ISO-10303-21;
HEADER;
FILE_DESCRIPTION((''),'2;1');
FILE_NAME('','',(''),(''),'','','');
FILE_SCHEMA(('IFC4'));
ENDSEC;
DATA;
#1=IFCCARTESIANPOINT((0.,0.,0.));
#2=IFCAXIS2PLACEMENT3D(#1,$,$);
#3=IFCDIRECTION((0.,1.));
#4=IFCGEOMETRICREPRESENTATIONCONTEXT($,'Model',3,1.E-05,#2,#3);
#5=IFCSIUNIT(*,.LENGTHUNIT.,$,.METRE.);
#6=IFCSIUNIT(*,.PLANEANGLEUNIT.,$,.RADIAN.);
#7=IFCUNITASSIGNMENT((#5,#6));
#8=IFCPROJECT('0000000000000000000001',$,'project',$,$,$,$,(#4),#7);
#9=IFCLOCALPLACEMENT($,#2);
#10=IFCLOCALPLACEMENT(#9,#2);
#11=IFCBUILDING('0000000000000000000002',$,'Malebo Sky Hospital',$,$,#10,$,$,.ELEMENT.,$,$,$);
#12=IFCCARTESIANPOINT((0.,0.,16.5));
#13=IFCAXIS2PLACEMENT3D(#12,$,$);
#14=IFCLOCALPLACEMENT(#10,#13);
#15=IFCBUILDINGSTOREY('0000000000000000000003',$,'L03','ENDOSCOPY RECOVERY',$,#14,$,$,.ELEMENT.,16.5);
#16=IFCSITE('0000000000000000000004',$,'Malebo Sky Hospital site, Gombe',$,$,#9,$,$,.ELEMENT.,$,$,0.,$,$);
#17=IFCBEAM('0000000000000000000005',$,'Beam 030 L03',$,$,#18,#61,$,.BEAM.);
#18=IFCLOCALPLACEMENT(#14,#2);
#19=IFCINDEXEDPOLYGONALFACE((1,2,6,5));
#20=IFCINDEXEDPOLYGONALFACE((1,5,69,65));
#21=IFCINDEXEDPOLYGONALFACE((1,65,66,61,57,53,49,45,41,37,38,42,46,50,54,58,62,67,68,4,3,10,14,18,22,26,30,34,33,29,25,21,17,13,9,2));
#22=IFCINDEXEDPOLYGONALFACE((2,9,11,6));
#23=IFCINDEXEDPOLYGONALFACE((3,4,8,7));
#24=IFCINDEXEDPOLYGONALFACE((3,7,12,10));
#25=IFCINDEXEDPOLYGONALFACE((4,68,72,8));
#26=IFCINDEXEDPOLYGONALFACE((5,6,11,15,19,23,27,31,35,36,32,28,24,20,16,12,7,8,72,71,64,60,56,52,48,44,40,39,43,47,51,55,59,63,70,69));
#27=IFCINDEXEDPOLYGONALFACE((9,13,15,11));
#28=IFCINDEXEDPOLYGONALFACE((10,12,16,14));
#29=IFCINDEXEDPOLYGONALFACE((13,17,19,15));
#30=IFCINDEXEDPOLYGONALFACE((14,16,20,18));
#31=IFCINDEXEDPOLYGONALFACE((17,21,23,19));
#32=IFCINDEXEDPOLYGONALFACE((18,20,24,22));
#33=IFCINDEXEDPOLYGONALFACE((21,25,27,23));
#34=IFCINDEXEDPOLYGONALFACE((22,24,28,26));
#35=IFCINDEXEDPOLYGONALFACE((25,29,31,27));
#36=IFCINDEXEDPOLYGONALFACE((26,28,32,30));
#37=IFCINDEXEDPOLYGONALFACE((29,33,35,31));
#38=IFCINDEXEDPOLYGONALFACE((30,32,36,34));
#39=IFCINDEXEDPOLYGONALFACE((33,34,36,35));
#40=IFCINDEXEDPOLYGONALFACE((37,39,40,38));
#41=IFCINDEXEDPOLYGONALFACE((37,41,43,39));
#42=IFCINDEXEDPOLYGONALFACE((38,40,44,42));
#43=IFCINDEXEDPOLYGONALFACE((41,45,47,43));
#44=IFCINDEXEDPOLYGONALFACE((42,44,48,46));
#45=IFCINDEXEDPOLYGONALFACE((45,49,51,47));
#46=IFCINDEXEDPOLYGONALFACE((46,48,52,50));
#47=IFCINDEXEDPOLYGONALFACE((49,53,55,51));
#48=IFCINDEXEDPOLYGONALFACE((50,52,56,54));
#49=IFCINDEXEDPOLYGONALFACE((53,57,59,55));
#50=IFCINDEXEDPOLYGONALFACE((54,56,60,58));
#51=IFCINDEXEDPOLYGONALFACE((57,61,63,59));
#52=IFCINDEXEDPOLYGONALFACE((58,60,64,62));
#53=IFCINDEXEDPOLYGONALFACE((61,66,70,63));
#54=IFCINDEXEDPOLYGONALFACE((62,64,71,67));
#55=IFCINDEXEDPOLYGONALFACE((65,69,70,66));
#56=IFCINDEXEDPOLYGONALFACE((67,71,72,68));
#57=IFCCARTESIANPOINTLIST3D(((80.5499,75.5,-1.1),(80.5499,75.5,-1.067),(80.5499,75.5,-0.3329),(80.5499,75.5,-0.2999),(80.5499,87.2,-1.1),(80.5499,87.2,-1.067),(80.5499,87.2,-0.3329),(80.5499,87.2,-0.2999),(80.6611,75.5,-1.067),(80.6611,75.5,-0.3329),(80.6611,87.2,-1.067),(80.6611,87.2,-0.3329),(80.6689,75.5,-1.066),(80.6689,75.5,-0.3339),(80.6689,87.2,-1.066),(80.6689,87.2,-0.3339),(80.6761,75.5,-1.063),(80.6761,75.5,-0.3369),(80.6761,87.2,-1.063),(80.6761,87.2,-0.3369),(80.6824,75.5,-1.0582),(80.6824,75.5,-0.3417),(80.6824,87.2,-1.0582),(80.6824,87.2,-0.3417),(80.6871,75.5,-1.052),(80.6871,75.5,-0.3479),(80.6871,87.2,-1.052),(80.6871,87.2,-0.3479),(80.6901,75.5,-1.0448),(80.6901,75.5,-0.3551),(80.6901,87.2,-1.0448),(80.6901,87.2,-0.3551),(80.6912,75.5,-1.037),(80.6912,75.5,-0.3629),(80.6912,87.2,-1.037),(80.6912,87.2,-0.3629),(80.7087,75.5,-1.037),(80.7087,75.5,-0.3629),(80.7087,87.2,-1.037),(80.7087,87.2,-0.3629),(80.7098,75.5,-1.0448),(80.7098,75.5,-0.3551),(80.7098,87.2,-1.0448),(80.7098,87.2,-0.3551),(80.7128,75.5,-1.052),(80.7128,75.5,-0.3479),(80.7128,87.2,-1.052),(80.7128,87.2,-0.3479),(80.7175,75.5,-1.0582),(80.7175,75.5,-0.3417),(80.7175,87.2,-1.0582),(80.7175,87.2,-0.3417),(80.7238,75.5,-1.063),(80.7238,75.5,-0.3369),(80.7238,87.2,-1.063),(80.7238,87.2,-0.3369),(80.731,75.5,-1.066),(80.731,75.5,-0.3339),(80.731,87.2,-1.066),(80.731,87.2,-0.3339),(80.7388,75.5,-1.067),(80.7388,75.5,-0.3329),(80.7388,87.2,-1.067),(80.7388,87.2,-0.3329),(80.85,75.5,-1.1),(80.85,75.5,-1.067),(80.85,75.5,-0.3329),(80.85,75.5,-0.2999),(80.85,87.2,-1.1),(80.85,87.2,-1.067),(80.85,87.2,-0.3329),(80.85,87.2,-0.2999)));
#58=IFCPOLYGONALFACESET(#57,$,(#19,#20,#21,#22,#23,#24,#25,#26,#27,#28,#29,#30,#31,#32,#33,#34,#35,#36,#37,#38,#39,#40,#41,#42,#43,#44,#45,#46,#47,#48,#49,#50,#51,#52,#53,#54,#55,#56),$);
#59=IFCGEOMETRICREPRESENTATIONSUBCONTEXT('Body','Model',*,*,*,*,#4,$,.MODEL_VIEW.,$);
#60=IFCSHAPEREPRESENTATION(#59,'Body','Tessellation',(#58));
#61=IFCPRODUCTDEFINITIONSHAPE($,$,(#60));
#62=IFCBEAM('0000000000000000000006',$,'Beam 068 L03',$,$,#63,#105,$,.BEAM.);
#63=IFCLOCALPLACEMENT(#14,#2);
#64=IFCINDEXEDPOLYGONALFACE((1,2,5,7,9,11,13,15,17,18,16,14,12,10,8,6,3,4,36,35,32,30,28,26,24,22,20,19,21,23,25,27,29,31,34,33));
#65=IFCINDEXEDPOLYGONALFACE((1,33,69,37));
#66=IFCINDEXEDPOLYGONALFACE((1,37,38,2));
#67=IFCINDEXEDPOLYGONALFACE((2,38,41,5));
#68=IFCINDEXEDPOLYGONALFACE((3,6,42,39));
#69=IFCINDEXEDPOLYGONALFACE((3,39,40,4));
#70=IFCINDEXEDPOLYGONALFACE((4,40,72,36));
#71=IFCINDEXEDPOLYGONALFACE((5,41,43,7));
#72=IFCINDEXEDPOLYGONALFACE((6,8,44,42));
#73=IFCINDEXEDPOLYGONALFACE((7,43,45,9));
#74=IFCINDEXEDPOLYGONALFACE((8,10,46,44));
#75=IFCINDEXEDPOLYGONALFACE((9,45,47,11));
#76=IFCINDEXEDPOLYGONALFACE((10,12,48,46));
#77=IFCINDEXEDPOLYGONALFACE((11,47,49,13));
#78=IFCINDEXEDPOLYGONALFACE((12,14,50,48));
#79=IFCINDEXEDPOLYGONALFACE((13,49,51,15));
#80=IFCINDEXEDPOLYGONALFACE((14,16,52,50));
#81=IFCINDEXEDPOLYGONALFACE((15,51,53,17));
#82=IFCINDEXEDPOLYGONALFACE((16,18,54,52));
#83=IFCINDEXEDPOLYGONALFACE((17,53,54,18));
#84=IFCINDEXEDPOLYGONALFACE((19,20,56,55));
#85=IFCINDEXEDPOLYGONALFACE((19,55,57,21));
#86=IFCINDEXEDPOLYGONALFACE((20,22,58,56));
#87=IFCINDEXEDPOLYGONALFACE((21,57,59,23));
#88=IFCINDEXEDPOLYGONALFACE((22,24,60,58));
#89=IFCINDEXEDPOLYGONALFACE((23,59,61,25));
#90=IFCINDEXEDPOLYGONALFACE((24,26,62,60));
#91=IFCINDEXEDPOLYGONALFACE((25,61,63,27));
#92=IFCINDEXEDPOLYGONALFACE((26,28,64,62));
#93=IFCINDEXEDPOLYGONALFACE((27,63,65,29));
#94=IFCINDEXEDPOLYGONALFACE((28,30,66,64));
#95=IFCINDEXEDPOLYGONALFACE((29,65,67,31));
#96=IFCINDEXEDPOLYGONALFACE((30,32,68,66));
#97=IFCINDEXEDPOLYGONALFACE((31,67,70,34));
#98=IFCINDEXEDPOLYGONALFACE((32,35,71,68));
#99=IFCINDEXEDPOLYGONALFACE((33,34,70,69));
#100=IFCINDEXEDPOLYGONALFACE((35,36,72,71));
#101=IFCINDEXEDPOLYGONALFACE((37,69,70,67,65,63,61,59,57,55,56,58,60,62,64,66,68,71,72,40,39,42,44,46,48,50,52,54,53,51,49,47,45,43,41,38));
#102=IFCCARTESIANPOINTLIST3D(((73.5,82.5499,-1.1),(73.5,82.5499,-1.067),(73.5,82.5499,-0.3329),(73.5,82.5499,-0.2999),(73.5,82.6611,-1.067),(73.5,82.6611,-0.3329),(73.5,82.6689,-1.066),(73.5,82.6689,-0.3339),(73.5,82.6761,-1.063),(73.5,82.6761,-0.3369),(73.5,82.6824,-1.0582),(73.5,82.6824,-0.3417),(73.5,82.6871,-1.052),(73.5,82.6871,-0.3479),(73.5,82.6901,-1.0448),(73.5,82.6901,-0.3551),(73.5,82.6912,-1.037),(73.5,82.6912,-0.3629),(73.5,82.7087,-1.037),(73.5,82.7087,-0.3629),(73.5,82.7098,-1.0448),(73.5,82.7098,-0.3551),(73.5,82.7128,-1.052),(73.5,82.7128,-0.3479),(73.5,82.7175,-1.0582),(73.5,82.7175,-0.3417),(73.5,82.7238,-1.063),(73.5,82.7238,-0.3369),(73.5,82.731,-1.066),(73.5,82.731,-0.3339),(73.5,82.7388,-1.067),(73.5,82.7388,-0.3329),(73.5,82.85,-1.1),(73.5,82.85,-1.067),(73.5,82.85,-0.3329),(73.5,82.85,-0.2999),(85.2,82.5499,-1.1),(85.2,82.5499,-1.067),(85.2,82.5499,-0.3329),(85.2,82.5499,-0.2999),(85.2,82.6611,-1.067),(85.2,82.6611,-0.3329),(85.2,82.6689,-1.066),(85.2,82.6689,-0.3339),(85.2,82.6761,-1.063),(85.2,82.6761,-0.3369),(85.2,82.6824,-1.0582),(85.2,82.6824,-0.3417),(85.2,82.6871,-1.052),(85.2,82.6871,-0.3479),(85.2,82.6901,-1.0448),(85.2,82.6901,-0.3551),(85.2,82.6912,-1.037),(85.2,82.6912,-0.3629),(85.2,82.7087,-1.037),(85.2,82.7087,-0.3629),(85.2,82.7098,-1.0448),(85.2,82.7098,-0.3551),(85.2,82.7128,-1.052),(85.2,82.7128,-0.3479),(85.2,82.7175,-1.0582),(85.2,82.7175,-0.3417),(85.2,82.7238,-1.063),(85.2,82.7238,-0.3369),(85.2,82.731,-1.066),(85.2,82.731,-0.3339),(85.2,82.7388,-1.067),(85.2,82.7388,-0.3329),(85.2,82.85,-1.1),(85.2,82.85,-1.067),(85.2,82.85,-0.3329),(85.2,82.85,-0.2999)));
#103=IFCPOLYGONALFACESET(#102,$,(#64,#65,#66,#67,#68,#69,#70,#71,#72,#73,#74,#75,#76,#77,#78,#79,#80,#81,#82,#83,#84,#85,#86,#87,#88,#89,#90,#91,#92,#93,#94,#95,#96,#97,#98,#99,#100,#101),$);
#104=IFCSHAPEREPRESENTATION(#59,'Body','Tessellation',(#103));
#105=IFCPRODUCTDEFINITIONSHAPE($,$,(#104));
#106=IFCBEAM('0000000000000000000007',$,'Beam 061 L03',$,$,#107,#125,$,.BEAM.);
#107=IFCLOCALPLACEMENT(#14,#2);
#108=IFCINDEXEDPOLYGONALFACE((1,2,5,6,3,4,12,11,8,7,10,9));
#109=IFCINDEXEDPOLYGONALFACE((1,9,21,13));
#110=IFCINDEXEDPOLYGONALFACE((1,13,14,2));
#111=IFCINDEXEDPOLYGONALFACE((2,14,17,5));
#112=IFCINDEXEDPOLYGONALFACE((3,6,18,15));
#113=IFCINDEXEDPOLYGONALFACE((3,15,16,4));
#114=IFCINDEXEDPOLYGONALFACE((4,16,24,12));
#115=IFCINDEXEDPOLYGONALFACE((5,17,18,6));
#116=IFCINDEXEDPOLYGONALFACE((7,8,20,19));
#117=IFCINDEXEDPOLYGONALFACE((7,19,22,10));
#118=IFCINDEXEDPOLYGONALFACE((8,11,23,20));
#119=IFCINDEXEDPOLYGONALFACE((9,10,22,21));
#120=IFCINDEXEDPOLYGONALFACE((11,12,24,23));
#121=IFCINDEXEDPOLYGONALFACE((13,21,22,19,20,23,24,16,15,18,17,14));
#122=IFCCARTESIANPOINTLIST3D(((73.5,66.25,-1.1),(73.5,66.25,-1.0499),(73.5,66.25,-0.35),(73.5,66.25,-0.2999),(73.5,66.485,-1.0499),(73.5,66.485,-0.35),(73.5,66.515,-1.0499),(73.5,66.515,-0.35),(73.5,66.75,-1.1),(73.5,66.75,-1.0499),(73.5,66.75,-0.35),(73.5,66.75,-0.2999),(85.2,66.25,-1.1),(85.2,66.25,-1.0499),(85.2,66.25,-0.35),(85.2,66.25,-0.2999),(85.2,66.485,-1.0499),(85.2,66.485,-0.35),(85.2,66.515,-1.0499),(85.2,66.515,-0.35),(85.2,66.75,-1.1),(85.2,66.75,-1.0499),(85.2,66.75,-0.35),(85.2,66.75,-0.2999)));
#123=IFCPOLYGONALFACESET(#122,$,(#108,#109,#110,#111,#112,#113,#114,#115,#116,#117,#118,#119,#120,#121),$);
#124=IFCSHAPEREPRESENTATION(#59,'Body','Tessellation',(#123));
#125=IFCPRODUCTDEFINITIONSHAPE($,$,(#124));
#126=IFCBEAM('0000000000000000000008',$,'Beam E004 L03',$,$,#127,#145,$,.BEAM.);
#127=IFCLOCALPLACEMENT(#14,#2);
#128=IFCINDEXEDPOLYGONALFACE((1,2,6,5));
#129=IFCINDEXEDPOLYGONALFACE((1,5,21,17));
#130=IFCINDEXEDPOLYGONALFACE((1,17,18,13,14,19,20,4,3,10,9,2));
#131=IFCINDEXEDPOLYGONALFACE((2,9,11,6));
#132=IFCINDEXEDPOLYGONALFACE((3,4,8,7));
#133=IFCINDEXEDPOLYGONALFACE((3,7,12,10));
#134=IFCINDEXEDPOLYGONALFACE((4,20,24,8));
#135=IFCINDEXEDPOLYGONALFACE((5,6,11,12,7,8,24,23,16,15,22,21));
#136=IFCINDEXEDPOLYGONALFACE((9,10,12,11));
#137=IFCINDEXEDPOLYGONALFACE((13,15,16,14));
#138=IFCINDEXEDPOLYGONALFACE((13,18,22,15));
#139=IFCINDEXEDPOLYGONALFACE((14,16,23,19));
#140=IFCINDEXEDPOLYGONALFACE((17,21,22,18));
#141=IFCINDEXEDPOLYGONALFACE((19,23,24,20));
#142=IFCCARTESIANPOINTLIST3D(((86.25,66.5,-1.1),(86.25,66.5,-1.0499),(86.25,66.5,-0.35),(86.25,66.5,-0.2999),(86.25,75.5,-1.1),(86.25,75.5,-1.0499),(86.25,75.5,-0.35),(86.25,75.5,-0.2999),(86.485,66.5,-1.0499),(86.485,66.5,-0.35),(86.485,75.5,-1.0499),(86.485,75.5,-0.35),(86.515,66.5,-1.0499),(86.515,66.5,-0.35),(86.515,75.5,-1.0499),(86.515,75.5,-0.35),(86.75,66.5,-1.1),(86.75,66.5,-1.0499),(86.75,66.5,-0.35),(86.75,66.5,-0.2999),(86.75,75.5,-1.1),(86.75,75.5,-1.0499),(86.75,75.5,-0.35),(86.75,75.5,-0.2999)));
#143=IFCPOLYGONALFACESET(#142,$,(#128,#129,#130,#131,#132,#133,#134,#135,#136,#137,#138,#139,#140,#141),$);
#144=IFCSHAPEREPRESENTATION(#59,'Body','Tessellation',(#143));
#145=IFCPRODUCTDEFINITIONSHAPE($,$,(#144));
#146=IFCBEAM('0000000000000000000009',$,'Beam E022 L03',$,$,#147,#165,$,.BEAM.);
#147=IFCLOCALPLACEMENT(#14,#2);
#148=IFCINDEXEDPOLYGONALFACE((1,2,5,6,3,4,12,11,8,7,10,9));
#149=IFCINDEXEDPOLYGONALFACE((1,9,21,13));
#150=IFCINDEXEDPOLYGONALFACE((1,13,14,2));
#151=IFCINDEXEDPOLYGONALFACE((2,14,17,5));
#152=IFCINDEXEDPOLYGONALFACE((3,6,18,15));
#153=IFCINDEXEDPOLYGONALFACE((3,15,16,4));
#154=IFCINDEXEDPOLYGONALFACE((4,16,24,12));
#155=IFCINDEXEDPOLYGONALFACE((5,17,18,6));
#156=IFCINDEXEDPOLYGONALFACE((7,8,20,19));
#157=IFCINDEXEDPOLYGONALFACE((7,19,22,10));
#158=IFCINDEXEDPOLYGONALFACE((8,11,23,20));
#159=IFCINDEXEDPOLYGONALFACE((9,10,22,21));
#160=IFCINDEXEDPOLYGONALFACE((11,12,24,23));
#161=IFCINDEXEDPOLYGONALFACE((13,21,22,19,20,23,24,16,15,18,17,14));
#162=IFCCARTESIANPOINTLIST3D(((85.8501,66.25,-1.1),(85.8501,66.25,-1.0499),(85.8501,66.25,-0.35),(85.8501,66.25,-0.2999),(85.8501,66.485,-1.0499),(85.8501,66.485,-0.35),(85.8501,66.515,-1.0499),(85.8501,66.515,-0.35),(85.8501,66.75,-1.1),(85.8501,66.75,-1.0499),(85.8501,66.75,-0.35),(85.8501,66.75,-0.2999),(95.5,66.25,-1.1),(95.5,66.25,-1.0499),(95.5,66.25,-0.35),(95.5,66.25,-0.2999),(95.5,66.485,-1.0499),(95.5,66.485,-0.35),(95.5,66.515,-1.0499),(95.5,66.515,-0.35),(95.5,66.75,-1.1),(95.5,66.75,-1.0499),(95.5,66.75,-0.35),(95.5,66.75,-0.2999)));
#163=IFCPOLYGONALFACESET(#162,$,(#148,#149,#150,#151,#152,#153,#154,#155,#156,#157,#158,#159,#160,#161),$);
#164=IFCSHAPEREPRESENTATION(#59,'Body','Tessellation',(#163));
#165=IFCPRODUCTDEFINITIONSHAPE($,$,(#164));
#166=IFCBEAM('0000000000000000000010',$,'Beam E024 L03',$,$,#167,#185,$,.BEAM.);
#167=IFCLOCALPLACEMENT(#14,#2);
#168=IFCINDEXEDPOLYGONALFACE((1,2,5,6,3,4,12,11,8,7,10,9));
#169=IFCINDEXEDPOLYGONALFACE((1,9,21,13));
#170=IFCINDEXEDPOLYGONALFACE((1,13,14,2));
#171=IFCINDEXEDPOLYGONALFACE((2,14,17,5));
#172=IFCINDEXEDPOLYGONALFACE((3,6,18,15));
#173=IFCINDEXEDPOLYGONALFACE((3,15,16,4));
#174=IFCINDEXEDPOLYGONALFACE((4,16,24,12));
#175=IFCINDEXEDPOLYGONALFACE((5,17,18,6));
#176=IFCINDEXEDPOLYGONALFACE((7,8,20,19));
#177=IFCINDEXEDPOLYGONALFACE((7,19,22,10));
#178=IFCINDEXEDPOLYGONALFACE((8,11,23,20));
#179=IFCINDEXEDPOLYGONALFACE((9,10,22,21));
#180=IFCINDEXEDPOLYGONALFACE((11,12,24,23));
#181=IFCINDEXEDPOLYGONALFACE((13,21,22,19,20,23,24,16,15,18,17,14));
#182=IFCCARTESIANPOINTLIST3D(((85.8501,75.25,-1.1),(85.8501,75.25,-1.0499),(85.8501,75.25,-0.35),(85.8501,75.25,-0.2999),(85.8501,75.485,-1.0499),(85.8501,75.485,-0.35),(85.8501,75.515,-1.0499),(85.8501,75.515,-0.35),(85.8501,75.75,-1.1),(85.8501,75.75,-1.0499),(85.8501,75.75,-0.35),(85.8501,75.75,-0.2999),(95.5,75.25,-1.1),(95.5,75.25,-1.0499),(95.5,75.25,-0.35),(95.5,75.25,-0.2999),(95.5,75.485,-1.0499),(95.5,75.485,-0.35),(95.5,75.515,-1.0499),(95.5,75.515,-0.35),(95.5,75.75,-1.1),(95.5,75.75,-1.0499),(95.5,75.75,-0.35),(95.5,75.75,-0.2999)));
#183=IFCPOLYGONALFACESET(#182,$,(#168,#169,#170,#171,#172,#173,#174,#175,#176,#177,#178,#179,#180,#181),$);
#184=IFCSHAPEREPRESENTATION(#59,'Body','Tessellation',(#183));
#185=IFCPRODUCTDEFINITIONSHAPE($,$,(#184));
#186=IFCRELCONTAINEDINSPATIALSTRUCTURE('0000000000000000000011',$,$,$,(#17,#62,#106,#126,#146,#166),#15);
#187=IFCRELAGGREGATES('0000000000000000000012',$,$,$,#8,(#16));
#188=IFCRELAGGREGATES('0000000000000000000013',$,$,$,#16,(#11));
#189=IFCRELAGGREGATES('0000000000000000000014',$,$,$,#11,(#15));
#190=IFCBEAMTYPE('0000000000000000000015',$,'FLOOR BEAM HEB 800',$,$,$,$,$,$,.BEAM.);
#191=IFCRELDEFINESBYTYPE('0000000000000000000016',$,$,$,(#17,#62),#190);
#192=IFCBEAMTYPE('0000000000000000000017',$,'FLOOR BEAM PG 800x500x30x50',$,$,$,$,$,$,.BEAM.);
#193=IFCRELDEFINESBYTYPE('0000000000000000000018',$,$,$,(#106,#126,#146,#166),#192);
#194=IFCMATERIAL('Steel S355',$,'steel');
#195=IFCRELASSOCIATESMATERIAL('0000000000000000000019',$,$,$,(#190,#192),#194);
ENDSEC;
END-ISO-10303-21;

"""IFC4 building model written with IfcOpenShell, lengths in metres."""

from ifc_helpers import new_model, si_unit, direction, frame, origin, origin_2d, place, context, subcontext, project, spatial, i_section, extrude, material, material_profile, profile_set, type_object, element, save


model = new_model("IFC4")

# Units and contexts
model_context = context("Model", 3, precision=1e-05, world=origin(), true_north=direction((0.0, 1.0)))
body_context = subcontext(model_context, "Body", "Model", "MODEL_VIEW")
ifc_project = project(units=[si_unit("LENGTHUNIT", "METRE"), si_unit("PLANEANGLEUNIT", "RADIAN")], contexts=[model_context])

# Site, building, storey
site_placement = place(None, origin())
site = spatial("IfcSite", under=ifc_project, at=site_placement, Name="Malebo Sky Hospital site, Gombe", CompositionType="ELEMENT", RefElevation=0.0)
building_placement = place(site_placement, origin())
building = spatial("IfcBuilding", under=site, at=building_placement, Name="Malebo Sky Hospital", CompositionType="ELEMENT")
storey_placement = place(building_placement, frame((0.0, 0.0, 16.5)))
storey = spatial("IfcBuildingStorey", under=building, at=storey_placement, Name="L03", Description="ENDOSCOPY RECOVERY", CompositionType="ELEMENT", Elevation=16.5)

# Shared definitions
ifc_material_1 = material(Name="Steel S355", Category="steel")

# Beams
ifc_material_profile_1 = material_profile(ifc_material_1, i_section(OverallWidth=0.3, OverallDepth=0.8, WebThickness=0.0176, FlangeThickness=0.033, FilletRadius=0.03, at=origin_2d()), Name="HEB 800")
ifc_profile_set_1 = profile_set([ifc_material_profile_1], Name="Steel S355")
beam_type_1 = type_object("IfcBeamType", Name="FLOOR BEAM HEB 800", PredefinedType="BEAM", material=ifc_profile_set_1)
for number, where, z_axis, x_axis, name in (
    (1, (80.7, 75.5, -0.7), (0.0, 1.0, 0.0), (-1.0, 0.0, 0.0), "Beam 030 L03"),
    (2, (73.5, 82.7, -0.7), (1.0, 0.0, 0.0), (0.0, 1.0, 0.0), "Beam 068 L03"),
):
    element("IfcBeam", number, at=place(storey_placement, frame(where, z_axis=z_axis, x_axis=x_axis)), inside=storey, type_object=beam_type_1, Name=name, PredefinedType="BEAM", context=body_context, shape_type="SweptSolid", body=[
        extrude(i_section(OverallWidth=0.3, OverallDepth=0.8, WebThickness=0.0176, FlangeThickness=0.033, FilletRadius=0.03, at=origin_2d()), origin(), (0.0, 0.0, 1.0), 11.7),
    ])
ifc_material_profile_2 = material_profile(ifc_material_1, i_section(OverallWidth=0.5, OverallDepth=0.8, WebThickness=0.03, FlangeThickness=0.05, at=origin_2d()), Name="PG 800x500x30x50")
ifc_profile_set_2 = profile_set([ifc_material_profile_2], Name="Steel S355")
beam_type_2 = type_object("IfcBeamType", Name="FLOOR BEAM PG 800x500x30x50", PredefinedType="BEAM", material=ifc_profile_set_2)
beam_1_placement = place(storey_placement, frame((73.5, 66.5, -0.7), z_axis=(1.0, 0.0, 0.0), x_axis=(0.0, 1.0, 0.0)))
element("IfcBeam", 3, at=beam_1_placement, inside=storey, type_object=beam_type_2, Name="Beam 061 L03", PredefinedType="BEAM", context=body_context, shape_type="SweptSolid", body=[
    extrude(i_section(OverallWidth=0.5, OverallDepth=0.8, WebThickness=0.03, FlangeThickness=0.05, at=origin_2d()), origin(), (0.0, 0.0, 1.0), 11.7),
])
beam_2_placement = place(storey_placement, frame((86.5, 66.5, -0.7), z_axis=(0.0, 1.0, 0.0), x_axis=(-1.0, 0.0, 0.0)))
element("IfcBeam", 4, at=beam_2_placement, inside=storey, type_object=beam_type_2, Name="Beam E004 L03", PredefinedType="BEAM", context=body_context, shape_type="SweptSolid", body=[
    extrude(i_section(OverallWidth=0.5, OverallDepth=0.8, WebThickness=0.03, FlangeThickness=0.05, at=origin_2d()), origin(), (0.0, 0.0, 1.0), 9.0),
])
for number, where, z_axis, x_axis, name in (
    (5, (85.8501, 66.5, -0.7), (1.0, 0.0, 0.0), (0.0, 1.0, 0.0), "Beam E022 L03"),
    (6, (85.8501, 75.5, -0.7), (1.0, 0.0, 0.0), (0.0, 1.0, 0.0), "Beam E024 L03"),
):
    element("IfcBeam", number, at=place(storey_placement, frame(where, z_axis=z_axis, x_axis=x_axis)), inside=storey, type_object=beam_type_2, Name=name, PredefinedType="BEAM", context=body_context, shape_type="SweptSolid", body=[
        extrude(i_section(OverallWidth=0.5, OverallDepth=0.8, WebThickness=0.03, FlangeThickness=0.05, at=origin_2d()), origin(), (0.0, 0.0, 1.0), 9.6499),
    ])

save(model, "model.ifc")
